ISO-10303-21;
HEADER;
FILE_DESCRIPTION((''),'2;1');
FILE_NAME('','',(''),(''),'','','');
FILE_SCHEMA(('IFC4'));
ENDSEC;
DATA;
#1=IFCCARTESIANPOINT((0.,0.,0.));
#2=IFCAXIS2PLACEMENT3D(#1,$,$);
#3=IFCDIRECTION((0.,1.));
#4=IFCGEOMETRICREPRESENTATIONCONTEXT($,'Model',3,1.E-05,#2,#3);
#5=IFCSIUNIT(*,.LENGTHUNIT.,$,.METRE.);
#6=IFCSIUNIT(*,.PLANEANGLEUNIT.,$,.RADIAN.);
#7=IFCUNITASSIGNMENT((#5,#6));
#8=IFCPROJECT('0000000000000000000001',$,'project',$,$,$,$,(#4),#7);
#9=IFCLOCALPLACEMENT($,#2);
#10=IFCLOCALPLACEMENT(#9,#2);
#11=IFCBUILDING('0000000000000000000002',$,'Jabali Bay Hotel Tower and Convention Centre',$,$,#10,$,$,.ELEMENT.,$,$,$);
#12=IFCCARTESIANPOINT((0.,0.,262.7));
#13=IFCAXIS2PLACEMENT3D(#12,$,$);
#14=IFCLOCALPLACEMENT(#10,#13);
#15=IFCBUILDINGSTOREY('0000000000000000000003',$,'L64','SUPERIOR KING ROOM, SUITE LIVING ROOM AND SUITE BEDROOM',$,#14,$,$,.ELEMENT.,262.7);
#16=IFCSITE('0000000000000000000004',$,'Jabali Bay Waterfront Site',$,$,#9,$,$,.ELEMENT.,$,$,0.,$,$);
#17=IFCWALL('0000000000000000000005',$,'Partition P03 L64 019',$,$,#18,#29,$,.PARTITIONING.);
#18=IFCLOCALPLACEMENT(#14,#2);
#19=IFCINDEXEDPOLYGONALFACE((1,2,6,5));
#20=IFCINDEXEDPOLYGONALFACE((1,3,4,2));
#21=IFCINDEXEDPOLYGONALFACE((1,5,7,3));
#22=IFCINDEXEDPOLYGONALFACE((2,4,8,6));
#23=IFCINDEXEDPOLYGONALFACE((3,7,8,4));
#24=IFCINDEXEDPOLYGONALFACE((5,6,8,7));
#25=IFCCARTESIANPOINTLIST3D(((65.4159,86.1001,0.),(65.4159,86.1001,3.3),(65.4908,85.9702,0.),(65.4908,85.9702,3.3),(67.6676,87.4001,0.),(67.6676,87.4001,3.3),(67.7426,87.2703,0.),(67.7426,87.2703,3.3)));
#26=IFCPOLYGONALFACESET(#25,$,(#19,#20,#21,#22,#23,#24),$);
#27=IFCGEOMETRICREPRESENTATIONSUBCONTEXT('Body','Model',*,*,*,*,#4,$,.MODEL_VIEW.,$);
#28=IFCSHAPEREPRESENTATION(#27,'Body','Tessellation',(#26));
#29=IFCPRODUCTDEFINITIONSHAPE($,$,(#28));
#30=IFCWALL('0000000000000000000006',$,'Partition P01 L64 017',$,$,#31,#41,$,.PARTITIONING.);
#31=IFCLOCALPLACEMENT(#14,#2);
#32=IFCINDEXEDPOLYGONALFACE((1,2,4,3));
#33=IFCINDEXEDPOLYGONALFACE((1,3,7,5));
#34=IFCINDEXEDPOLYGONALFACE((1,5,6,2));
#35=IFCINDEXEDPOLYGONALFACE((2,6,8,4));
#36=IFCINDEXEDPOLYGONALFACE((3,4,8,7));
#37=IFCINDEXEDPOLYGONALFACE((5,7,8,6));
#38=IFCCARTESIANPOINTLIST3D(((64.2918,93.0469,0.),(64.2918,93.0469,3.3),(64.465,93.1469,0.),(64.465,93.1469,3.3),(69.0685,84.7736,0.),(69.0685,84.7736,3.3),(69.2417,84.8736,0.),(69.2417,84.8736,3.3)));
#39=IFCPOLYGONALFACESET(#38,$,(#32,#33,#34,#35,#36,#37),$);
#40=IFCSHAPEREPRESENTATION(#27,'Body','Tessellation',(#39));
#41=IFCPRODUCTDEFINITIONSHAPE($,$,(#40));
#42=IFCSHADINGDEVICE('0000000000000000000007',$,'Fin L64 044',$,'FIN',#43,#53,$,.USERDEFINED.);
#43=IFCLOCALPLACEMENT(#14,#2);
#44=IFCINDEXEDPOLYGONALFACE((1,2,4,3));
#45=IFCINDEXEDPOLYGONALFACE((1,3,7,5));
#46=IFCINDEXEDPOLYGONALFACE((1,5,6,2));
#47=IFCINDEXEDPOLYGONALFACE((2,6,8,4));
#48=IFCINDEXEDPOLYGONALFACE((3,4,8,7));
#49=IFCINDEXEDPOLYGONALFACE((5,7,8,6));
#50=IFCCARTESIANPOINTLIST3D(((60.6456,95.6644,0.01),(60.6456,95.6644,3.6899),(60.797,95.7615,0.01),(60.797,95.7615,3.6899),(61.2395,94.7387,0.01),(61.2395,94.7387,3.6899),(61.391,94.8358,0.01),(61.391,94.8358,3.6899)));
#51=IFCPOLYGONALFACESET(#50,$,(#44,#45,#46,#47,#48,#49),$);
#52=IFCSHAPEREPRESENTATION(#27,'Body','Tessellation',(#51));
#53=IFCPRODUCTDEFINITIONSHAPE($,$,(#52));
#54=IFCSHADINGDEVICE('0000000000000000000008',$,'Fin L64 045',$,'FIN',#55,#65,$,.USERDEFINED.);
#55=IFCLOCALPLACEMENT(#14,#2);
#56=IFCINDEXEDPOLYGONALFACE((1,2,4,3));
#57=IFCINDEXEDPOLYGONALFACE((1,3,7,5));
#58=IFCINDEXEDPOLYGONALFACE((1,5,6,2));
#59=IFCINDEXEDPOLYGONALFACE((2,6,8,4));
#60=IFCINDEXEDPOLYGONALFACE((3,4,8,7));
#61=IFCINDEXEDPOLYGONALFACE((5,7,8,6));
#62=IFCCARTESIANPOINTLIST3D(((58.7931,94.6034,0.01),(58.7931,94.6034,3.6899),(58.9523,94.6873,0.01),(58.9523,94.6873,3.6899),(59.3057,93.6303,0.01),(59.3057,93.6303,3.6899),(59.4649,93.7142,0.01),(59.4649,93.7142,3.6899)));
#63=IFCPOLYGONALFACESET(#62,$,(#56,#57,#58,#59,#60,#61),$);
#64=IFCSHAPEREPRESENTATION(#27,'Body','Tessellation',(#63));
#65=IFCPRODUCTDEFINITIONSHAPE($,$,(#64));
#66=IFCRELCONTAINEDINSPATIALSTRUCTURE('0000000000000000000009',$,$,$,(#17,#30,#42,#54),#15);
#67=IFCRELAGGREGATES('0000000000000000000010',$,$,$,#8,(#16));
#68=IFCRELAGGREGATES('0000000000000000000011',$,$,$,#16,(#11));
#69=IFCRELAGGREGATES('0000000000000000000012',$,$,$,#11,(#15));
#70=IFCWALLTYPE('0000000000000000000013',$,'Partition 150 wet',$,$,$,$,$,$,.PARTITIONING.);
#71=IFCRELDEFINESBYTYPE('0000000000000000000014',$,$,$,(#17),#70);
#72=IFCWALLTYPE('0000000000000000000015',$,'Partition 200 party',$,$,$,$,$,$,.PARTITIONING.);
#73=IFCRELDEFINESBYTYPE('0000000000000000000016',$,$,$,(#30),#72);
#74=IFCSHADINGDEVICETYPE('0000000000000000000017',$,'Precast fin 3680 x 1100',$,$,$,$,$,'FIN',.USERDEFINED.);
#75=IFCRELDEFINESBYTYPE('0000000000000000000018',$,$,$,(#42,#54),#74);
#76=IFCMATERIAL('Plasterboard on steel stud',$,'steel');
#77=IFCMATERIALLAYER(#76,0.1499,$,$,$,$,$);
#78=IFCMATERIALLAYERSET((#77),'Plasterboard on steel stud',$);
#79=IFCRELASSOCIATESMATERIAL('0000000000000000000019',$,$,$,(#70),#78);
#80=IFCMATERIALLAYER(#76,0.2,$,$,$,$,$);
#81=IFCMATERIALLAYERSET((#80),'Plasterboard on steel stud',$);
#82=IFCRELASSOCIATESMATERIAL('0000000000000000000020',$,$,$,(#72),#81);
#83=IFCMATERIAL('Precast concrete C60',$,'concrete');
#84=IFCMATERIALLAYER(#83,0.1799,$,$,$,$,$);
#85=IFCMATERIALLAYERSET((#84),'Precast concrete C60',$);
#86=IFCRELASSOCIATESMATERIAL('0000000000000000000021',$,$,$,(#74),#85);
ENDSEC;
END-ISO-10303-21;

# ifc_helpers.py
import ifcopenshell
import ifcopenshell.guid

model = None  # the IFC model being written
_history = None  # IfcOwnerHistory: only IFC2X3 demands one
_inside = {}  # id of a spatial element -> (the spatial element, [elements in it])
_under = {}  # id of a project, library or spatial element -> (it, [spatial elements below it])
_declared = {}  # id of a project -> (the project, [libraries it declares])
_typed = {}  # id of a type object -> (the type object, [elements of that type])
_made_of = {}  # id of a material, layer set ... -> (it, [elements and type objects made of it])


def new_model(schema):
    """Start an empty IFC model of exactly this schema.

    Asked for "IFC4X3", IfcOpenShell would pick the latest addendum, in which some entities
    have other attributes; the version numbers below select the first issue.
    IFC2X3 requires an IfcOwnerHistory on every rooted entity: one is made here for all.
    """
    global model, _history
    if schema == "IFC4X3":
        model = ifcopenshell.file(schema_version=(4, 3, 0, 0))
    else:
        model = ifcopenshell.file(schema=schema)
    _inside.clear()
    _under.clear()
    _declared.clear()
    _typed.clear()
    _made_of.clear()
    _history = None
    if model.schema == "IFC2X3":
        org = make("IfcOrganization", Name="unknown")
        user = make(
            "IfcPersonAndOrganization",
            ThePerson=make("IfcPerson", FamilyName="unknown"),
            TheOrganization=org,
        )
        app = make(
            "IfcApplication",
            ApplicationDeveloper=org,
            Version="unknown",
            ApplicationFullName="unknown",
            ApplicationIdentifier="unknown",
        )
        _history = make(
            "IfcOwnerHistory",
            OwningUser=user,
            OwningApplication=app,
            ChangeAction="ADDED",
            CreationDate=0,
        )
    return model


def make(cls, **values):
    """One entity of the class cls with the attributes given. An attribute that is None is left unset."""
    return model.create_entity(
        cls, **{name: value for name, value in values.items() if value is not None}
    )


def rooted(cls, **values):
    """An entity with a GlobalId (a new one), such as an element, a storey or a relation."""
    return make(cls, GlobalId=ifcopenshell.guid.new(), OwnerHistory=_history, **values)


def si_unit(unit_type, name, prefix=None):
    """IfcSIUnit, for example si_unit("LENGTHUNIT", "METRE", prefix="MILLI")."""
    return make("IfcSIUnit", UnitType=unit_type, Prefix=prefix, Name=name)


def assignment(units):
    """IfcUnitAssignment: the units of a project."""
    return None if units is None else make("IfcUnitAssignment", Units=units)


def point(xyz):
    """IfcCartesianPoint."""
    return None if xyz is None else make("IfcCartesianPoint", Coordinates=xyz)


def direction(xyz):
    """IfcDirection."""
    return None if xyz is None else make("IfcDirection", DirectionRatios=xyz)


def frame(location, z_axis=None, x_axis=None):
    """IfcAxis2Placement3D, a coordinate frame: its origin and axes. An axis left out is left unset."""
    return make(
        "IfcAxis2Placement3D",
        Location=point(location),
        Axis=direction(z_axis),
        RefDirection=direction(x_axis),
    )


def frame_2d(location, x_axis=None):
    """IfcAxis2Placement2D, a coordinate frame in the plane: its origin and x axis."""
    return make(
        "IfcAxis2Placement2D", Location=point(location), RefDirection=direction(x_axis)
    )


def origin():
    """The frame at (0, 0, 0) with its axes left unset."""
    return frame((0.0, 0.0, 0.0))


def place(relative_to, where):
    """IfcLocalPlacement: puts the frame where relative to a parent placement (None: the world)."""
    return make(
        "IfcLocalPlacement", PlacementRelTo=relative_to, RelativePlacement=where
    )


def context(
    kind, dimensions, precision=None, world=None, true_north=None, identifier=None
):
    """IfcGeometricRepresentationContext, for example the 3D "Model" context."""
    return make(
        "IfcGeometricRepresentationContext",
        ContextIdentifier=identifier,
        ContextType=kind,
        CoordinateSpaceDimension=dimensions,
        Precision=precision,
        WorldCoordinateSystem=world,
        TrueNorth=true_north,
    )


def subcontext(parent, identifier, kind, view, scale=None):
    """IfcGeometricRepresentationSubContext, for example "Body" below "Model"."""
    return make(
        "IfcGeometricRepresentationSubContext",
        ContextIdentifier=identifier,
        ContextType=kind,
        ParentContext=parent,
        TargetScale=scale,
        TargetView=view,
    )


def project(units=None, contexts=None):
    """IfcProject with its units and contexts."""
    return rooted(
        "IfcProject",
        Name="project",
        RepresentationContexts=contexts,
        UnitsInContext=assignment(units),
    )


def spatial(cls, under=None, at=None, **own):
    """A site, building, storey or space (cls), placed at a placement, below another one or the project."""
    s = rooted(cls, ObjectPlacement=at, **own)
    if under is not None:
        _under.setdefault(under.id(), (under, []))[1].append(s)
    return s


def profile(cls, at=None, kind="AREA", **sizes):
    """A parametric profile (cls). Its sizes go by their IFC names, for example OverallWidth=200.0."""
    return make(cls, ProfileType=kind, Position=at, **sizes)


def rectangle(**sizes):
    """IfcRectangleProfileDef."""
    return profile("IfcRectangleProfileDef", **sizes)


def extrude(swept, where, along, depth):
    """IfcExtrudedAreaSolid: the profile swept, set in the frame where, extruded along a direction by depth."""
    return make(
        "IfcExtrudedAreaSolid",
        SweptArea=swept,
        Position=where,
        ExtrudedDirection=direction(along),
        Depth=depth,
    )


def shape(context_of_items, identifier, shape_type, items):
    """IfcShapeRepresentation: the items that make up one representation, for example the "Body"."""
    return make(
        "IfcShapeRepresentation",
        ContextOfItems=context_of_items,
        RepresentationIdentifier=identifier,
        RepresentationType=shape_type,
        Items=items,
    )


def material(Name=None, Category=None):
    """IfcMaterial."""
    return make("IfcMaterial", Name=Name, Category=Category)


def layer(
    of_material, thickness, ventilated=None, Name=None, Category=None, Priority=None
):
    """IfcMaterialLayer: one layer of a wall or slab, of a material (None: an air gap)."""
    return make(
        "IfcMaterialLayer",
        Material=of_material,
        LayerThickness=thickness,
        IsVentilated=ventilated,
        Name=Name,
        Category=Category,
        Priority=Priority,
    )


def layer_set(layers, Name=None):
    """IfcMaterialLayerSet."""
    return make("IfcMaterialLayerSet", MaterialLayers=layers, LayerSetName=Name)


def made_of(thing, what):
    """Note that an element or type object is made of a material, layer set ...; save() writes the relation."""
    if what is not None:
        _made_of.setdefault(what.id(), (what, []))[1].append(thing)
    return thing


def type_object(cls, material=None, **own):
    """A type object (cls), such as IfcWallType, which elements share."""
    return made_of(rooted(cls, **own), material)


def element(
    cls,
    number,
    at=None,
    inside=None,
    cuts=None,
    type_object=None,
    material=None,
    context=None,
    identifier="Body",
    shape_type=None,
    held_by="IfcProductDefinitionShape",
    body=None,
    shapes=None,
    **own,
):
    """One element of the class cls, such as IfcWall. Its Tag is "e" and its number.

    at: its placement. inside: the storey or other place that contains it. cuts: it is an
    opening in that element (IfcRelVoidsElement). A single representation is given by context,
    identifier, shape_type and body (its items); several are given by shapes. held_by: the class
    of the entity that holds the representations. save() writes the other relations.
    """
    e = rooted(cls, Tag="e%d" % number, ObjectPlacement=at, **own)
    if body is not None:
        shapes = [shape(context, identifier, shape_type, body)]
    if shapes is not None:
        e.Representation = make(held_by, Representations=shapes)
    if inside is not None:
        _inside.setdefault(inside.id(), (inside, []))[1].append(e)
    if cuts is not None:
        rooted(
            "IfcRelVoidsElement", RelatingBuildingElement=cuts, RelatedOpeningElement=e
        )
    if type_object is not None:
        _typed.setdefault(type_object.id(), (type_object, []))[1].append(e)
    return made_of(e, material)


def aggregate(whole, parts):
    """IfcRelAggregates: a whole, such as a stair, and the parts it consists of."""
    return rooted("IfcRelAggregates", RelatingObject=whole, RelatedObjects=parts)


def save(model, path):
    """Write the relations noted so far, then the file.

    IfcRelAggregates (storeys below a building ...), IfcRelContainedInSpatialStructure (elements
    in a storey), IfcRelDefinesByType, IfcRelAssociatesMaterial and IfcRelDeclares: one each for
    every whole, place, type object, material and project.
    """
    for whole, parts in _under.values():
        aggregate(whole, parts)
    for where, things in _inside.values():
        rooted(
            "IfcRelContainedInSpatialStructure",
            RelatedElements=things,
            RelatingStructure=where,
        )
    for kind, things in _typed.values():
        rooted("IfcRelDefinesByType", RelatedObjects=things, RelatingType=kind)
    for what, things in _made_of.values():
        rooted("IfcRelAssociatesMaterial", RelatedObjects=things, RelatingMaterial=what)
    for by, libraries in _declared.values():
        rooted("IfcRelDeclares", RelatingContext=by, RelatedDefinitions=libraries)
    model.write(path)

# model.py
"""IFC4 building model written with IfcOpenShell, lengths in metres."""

from ifc_helpers import new_model, si_unit, direction, frame, frame_2d, origin, place, context, subcontext, project, spatial, rectangle, extrude, material, layer, layer_set, type_object, element, save


model = new_model("IFC4")

# Units and contexts
model_context = context("Model", 3, precision=1e-05, world=origin(), true_north=direction((0.0, 1.0)))
body_context = subcontext(model_context, "Body", "Model", "MODEL_VIEW")
ifc_project = project(units=[si_unit("LENGTHUNIT", "METRE"), si_unit("PLANEANGLEUNIT", "RADIAN")], contexts=[model_context])

# Site, building, storey
site_placement = place(None, origin())
site = spatial("IfcSite", under=ifc_project, at=site_placement, Name="Jabali Bay Waterfront Site", CompositionType="ELEMENT", RefElevation=0.0)
building_placement = place(site_placement, origin())
building = spatial("IfcBuilding", under=site, at=building_placement, Name="Jabali Bay Hotel Tower and Convention Centre", CompositionType="ELEMENT")
storey_placement = place(building_placement, frame((0.0, 0.0, 262.7)))
storey = spatial("IfcBuildingStorey", under=building, at=storey_placement, Name="L64", Description="SUPERIOR KING ROOM, SUITE LIVING ROOM AND SUITE BEDROOM", CompositionType="ELEMENT", Elevation=262.7)

# Shared definitions
ifc_material_1 = material(Name="Plasterboard on steel stud", Category="steel")
ifc_layer_1 = layer(ifc_material_1, 0.1499)
ifc_layer_set_1 = layer_set([ifc_layer_1], Name="Plasterboard on steel stud")
wall_type_1 = type_object("IfcWallType", Name="Partition 150 wet", PredefinedType="PARTITIONING", material=ifc_layer_set_1)

# Walls
wall_1_placement = place(storey_placement, frame((65.4534, 86.0352, 0.0), z_axis=(0.0, 0.0, 1.0), x_axis=(0.866021, 0.500007, 0.0)))
element("IfcWall", 1, at=wall_1_placement, inside=storey, type_object=wall_type_1, Name="Partition P03 L64 019", PredefinedType="PARTITIONING", context=body_context, shape_type="SweptSolid", body=[
    extrude(rectangle(XDim=2.6001, YDim=0.1499, at=frame_2d((1.3, 0.0))), origin(), (0.0, 0.0, 1.0), 3.3),
])
ifc_layer_2 = layer(ifc_material_1, 0.2)
ifc_layer_set_2 = layer_set([ifc_layer_2], Name="Plasterboard on steel stud")
wall_type_2 = type_object("IfcWallType", Name="Partition 200 party", PredefinedType="PARTITIONING", material=ifc_layer_set_2)
wall_2_placement = place(storey_placement, frame((64.3784, 93.0969, 0.0), z_axis=(0.0, 0.0, 1.0), x_axis=(0.500006, -0.866022, 0.0)))
element("IfcWall", 2, at=wall_2_placement, inside=storey, type_object=wall_type_2, Name="Partition P01 L64 017", PredefinedType="PARTITIONING", context=body_context, shape_type="SweptSolid", body=[
    extrude(rectangle(XDim=9.5532, YDim=0.2, at=frame_2d((4.7766, 0.0))), origin(), (0.0, 0.0, 1.0), 3.3),
])

# Shading devices
ifc_material_2 = material(Name="Precast concrete C60", Category="concrete")
ifc_layer_3 = layer(ifc_material_2, 0.1799)
ifc_layer_set_3 = layer_set([ifc_layer_3], Name="Precast concrete C60")
shading_device_type = type_object("IfcShadingDeviceType", Name="Precast fin 3680 x 1100", ElementType="FIN", PredefinedType="USERDEFINED", material=ifc_layer_set_3)
for number, where, z_axis, x_axis, name in (
    (3, (61.3152, 94.7874, 0.01), (0.0, 0.0, 1.0), (-0.540017, 0.841654, 0.0), "Fin L64 044"),
    (4, (59.3853, 93.6724, 0.01), (0.0, 0.0, 1.0), (-0.466112, 0.884726, 0.0), "Fin L64 045"),
):
    element("IfcShadingDevice", number, at=place(storey_placement, frame(where, z_axis=z_axis, x_axis=x_axis)), inside=storey, type_object=shading_device_type, Name=name, ObjectType="FIN", PredefinedType="USERDEFINED", context=body_context, shape_type="SweptSolid", body=[
        extrude(rectangle(XDim=1.0999, YDim=0.1799, at=frame_2d((0.5498, 0.0))), origin(), (0.0, 0.0, 1.0), 3.6799),
    ])

save(model, "model.ifc")
